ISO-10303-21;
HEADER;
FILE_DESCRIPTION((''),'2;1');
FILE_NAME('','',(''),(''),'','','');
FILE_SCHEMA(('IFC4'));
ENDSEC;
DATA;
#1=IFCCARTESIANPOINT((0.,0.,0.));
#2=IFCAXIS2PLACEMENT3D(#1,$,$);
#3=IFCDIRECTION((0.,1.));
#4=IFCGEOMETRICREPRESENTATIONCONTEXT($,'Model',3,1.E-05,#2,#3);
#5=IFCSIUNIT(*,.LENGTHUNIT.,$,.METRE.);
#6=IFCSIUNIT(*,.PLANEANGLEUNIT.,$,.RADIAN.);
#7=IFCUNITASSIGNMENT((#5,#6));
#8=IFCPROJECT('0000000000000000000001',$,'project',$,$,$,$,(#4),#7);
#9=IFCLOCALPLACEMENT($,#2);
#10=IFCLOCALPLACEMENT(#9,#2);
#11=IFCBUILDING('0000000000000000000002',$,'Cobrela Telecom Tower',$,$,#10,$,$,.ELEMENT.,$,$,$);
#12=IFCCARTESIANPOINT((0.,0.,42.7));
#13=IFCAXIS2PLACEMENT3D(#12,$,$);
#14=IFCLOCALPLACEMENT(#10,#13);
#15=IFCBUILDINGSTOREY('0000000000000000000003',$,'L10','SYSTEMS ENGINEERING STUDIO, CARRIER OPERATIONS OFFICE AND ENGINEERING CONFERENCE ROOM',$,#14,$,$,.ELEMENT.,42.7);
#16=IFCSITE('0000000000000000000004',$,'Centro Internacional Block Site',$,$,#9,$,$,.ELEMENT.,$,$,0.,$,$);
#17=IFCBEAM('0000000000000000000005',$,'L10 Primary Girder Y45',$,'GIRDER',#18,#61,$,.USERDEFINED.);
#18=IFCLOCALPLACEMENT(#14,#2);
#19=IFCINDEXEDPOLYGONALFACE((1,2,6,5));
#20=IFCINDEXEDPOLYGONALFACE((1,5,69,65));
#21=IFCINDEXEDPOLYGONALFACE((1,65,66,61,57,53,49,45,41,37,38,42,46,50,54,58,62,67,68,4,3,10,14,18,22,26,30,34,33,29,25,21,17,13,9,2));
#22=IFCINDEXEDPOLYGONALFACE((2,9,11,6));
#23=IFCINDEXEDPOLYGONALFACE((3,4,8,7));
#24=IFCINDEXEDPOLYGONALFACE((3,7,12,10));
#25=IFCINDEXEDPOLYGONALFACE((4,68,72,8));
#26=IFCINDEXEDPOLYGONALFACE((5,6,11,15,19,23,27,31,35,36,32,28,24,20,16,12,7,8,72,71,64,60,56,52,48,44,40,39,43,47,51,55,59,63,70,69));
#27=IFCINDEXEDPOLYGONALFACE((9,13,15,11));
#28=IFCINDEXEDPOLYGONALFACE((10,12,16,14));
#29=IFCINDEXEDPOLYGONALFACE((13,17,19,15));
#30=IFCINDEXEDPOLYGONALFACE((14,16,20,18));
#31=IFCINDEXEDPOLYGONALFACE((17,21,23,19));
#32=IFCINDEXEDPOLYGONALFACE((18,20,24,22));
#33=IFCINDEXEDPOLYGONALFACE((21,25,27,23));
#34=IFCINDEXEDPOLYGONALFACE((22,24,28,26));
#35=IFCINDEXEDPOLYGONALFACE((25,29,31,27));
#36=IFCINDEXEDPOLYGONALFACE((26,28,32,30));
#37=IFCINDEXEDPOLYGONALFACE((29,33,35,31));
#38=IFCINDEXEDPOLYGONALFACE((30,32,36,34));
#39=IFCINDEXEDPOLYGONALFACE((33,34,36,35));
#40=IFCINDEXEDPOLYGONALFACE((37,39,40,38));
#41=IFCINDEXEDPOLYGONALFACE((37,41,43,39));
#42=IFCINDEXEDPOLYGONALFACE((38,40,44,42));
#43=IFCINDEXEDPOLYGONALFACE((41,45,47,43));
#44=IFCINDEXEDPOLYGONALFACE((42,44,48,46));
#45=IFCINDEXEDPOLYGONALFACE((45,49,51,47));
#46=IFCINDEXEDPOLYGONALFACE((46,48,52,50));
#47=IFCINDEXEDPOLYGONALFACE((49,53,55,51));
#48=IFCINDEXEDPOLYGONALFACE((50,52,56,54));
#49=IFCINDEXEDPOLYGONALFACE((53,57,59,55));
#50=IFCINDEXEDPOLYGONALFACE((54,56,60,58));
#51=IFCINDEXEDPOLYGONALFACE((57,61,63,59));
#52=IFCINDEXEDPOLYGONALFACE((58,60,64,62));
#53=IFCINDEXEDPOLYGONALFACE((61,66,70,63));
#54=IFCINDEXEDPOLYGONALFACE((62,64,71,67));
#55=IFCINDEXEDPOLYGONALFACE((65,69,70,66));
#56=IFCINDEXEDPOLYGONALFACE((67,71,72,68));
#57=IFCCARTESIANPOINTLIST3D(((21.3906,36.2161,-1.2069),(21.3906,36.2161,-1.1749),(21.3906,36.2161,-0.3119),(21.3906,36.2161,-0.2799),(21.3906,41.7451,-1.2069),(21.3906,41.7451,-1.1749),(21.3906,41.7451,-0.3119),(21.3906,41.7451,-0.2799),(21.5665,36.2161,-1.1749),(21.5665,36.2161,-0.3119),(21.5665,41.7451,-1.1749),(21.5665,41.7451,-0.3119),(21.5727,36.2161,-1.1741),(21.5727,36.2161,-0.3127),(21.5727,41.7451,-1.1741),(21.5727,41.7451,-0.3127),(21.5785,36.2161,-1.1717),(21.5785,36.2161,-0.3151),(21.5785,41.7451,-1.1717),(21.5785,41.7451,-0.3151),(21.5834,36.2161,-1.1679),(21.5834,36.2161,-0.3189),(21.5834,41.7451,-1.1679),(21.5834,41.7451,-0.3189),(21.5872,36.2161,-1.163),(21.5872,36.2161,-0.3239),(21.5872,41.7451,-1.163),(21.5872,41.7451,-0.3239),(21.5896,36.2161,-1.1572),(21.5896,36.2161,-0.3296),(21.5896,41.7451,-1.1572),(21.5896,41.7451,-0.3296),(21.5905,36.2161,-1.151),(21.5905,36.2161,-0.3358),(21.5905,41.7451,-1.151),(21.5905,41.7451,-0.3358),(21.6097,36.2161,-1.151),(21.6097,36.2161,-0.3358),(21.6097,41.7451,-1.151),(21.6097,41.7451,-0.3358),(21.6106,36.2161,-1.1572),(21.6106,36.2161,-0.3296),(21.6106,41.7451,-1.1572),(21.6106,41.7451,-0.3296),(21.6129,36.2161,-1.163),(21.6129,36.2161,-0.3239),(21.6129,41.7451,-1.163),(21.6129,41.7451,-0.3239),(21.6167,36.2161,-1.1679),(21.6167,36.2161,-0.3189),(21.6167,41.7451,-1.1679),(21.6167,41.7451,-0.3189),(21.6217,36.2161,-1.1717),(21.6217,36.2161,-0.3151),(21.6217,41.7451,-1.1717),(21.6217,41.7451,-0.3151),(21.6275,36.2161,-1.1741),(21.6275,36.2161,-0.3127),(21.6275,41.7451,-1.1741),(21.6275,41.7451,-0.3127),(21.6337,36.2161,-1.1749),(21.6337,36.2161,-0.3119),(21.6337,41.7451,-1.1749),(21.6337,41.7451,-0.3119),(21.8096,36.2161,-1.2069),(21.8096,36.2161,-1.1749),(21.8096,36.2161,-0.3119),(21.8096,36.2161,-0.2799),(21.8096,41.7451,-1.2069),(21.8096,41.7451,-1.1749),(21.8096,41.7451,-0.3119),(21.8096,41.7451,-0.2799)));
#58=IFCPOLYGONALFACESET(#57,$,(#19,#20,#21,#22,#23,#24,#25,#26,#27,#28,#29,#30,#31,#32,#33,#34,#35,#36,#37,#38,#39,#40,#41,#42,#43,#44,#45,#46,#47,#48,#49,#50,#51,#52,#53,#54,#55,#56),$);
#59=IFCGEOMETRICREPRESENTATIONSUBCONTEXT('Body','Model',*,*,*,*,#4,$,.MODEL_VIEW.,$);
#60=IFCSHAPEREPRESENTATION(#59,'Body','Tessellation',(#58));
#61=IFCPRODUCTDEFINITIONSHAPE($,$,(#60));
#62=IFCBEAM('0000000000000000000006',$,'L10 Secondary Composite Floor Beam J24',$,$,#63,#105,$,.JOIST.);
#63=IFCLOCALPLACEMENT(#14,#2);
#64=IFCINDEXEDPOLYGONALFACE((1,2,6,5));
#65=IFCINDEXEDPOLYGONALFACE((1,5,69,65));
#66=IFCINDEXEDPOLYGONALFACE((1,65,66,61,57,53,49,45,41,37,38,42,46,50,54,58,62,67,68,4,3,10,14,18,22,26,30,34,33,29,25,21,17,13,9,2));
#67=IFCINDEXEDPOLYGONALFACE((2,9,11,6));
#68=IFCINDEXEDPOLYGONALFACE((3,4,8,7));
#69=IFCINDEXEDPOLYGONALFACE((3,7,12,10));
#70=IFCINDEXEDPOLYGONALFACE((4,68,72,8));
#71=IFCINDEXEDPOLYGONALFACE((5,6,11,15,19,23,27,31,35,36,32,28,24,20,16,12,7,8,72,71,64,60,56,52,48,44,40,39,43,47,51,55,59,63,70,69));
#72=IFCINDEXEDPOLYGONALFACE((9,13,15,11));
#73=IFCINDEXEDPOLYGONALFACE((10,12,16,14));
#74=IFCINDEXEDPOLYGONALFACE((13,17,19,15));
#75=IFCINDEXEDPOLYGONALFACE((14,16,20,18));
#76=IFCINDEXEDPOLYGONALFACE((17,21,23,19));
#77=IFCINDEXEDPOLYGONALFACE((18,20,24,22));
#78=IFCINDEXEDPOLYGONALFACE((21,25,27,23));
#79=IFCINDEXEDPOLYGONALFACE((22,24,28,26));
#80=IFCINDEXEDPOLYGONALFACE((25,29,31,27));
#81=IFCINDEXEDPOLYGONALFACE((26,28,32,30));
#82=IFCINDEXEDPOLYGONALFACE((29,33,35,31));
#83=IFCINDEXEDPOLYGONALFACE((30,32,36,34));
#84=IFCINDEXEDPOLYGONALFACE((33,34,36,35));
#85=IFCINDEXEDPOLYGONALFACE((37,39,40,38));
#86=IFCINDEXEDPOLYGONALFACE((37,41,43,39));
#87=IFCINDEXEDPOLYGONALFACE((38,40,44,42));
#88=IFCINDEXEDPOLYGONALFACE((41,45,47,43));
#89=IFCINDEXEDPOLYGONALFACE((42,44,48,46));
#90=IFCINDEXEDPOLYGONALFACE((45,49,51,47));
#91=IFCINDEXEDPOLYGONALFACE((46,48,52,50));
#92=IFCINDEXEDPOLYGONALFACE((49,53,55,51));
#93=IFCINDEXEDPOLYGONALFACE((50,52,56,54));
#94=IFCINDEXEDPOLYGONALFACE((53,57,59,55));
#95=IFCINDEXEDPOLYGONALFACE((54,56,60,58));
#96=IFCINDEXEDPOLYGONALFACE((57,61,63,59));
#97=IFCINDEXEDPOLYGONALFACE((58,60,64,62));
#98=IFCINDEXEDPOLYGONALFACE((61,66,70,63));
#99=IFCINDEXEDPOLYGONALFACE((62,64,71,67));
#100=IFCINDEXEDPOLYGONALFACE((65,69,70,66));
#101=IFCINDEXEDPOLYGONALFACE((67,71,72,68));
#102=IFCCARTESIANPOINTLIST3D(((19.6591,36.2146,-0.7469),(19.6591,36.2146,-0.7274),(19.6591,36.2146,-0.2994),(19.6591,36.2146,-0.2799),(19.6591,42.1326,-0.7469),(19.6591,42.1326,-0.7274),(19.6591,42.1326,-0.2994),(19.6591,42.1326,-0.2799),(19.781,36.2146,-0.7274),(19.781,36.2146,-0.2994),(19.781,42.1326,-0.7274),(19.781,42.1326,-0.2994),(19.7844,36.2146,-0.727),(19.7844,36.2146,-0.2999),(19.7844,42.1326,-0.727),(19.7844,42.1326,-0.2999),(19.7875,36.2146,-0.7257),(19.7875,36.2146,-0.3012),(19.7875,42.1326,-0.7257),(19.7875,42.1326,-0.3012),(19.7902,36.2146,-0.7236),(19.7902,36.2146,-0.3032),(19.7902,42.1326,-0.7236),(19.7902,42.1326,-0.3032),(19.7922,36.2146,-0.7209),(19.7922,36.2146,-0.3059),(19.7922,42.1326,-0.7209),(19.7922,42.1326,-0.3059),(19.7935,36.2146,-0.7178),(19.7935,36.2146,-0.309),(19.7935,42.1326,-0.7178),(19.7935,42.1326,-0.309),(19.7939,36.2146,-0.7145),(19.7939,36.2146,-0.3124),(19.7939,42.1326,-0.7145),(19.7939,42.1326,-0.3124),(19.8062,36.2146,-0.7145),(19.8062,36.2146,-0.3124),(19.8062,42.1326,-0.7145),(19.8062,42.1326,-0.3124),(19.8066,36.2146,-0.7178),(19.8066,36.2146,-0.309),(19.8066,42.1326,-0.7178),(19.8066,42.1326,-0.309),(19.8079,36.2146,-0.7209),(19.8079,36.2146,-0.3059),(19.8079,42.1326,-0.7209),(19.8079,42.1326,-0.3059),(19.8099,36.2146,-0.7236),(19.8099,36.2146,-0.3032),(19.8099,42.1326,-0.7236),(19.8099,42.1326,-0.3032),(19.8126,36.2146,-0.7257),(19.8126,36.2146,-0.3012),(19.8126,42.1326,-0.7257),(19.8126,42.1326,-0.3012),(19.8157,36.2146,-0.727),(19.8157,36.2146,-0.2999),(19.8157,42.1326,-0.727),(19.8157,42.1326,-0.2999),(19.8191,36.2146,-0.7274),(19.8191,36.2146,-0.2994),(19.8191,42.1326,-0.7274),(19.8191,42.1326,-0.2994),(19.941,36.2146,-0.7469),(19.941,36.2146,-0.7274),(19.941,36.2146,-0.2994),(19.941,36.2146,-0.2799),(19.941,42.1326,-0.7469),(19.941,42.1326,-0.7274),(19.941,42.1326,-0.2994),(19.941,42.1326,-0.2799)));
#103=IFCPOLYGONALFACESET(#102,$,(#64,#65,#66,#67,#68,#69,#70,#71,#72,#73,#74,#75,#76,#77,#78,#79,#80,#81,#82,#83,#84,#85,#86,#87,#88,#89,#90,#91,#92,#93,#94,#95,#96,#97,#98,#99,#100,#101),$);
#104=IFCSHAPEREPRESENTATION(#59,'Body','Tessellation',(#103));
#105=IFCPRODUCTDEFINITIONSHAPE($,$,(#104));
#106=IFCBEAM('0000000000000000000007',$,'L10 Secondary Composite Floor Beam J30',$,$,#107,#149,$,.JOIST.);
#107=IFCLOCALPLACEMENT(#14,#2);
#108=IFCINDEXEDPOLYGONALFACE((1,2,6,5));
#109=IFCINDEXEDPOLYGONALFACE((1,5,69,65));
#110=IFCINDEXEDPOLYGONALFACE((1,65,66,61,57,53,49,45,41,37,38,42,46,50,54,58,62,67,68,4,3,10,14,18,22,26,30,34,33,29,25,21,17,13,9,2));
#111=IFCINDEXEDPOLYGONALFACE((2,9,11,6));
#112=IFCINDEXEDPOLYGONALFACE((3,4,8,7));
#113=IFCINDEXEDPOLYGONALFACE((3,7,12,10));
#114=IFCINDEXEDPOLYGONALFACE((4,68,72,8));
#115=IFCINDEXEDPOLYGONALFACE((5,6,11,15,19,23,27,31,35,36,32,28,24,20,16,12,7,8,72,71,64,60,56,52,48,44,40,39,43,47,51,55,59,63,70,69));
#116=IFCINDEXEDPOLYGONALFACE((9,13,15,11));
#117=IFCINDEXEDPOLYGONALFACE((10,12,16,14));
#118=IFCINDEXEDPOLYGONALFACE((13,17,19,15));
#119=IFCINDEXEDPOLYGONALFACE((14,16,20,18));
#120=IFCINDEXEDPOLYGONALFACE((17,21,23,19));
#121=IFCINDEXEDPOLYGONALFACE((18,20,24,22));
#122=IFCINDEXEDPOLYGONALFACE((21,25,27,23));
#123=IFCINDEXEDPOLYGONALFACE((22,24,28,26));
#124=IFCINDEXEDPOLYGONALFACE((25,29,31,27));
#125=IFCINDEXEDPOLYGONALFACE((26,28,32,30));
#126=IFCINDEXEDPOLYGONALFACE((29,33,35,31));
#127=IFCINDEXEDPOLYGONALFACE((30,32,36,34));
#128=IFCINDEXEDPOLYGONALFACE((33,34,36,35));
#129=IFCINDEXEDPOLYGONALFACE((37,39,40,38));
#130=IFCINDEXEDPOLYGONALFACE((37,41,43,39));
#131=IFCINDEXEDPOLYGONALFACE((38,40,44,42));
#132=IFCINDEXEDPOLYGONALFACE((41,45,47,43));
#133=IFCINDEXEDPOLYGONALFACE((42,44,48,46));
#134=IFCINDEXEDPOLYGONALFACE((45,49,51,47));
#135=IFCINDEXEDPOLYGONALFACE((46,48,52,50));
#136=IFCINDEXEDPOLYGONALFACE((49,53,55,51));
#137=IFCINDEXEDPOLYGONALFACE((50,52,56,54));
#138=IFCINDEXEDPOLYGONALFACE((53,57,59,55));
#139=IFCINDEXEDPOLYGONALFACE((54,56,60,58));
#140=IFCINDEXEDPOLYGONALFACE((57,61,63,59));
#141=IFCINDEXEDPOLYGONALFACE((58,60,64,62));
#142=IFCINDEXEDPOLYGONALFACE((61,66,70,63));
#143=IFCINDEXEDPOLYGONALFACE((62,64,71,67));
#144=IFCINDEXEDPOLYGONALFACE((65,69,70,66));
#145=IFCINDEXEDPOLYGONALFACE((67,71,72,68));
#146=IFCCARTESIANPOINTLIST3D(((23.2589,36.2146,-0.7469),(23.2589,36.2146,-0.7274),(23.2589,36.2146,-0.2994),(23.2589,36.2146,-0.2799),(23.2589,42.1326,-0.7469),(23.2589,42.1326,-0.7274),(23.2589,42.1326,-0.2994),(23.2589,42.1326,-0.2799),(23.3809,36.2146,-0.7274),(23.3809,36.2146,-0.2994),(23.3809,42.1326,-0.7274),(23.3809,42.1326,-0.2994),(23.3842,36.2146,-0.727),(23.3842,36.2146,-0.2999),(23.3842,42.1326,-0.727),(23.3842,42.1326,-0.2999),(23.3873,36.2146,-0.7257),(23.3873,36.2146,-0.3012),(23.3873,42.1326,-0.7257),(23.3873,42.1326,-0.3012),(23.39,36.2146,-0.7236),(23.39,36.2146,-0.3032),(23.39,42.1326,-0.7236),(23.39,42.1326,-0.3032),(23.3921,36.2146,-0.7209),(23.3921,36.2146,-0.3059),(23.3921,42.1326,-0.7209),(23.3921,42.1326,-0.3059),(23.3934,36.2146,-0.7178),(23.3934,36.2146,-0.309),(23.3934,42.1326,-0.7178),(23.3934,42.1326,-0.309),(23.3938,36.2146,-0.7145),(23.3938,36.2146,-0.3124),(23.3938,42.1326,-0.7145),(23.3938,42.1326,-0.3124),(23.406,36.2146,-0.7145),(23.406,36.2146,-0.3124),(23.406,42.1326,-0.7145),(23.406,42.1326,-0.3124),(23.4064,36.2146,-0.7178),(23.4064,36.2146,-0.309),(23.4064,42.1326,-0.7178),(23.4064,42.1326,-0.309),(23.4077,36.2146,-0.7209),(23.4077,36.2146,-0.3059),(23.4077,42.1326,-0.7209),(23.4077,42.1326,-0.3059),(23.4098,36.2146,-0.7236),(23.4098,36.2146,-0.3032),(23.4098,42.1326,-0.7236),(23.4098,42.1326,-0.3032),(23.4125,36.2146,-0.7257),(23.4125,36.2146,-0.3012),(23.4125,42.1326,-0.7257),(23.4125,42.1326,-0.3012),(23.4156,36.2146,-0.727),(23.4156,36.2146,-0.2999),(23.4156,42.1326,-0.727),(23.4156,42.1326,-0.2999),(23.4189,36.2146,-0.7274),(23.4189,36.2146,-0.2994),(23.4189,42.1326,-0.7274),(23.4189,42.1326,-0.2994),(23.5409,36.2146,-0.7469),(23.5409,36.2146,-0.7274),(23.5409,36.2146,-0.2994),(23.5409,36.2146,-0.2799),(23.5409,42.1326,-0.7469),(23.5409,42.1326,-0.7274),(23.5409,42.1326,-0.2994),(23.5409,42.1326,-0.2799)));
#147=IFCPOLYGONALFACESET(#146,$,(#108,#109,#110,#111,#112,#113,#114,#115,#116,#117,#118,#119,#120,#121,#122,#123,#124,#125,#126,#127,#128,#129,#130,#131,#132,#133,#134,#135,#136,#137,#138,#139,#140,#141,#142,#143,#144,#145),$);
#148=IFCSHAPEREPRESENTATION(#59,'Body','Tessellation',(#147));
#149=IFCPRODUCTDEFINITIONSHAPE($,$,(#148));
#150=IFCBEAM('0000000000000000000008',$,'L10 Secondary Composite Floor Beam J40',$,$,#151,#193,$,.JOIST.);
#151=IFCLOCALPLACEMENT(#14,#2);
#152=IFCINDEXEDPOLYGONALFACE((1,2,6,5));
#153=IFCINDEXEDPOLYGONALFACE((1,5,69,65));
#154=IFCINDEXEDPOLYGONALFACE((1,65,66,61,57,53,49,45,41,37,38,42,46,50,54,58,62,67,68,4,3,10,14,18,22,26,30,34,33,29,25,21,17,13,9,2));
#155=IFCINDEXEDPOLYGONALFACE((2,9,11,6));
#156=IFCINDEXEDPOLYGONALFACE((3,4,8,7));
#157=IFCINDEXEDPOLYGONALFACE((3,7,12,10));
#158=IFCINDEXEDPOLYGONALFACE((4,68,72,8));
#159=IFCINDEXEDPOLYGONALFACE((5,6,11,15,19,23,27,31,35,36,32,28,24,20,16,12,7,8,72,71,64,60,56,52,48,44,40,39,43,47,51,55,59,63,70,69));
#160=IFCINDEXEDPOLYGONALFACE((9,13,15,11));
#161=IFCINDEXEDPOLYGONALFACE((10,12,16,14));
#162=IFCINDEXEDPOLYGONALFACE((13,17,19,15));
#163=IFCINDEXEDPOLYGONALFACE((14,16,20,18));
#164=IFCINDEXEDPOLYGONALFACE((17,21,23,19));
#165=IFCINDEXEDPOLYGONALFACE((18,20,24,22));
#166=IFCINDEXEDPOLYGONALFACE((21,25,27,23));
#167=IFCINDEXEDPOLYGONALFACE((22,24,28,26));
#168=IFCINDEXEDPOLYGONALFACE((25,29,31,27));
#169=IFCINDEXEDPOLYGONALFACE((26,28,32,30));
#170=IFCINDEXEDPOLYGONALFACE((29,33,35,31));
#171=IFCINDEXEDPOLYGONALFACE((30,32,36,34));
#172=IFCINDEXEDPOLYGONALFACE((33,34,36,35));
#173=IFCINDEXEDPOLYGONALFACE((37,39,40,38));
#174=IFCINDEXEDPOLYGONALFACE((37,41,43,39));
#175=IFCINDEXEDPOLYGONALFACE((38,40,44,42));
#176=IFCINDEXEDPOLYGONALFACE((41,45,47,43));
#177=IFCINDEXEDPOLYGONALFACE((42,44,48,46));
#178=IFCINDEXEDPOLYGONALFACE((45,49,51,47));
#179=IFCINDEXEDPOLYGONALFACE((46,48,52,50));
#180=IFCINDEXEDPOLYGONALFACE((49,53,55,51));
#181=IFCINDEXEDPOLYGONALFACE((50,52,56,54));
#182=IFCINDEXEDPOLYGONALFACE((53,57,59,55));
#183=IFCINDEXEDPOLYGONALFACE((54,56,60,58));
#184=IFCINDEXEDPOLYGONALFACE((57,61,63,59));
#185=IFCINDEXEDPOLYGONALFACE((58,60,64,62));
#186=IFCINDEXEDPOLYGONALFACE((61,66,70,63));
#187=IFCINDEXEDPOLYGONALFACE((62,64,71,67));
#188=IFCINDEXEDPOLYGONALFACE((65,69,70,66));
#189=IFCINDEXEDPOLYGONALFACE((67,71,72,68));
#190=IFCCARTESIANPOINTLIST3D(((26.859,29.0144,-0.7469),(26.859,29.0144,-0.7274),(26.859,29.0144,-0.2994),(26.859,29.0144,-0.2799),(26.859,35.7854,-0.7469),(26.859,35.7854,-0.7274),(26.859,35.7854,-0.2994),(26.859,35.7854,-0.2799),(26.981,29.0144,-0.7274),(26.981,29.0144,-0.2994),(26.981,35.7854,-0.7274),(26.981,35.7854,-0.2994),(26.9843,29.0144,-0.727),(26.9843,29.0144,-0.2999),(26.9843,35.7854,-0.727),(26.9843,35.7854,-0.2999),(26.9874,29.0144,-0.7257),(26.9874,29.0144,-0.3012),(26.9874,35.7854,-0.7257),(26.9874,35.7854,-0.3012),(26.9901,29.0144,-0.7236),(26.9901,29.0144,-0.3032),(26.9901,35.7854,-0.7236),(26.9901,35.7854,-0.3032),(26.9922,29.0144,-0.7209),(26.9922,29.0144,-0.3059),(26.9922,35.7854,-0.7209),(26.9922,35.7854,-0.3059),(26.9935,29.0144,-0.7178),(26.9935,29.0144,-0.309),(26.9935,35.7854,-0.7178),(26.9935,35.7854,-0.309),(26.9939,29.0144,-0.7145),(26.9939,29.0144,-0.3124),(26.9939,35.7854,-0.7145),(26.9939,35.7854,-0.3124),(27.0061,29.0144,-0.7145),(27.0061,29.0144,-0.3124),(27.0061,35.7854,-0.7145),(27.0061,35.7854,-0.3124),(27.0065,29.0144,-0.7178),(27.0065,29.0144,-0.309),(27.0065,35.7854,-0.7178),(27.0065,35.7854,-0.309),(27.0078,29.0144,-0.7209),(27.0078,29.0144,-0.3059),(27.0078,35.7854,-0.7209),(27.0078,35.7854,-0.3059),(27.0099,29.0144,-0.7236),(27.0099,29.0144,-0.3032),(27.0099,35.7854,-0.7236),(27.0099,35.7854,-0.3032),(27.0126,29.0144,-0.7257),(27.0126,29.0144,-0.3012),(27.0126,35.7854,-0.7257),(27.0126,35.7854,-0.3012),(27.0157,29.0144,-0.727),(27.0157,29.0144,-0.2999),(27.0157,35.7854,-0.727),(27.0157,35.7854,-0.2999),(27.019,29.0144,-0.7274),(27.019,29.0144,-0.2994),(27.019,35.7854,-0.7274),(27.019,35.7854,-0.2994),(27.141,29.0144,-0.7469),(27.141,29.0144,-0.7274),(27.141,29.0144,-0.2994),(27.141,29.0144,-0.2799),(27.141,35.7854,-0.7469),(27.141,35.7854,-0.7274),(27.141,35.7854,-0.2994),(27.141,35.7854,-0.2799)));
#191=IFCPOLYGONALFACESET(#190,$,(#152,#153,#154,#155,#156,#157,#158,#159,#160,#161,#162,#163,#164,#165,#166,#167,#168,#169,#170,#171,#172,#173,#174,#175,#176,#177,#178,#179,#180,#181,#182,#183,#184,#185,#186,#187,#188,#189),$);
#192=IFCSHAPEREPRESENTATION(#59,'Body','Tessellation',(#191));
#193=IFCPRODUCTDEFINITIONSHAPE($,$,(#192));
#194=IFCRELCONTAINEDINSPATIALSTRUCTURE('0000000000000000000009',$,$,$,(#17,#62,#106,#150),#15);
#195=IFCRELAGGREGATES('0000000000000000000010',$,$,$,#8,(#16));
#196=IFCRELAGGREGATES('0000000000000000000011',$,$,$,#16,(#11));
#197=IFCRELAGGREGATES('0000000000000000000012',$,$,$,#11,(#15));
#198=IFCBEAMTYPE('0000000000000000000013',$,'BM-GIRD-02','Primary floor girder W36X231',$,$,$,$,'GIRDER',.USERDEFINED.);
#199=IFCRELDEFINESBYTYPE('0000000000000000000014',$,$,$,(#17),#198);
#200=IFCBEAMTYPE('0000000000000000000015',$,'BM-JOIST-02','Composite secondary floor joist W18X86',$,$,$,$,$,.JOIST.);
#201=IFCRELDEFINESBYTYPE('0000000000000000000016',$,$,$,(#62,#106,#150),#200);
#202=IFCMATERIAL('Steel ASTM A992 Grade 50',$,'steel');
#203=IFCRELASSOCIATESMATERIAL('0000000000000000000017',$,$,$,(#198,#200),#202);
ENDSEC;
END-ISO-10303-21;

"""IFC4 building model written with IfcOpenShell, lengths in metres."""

from ifc_helpers import new_model, si_unit, direction, frame, origin, origin_2d, place, context, subcontext, project, spatial, i_section, extrude, material, material_profile, profile_set, type_object, element, save


model = new_model("IFC4")

# Units and contexts
model_context = context("Model", 3, precision=1e-05, world=origin(), true_north=direction((0.0, 1.0)))
body_context = subcontext(model_context, "Body", "Model", "MODEL_VIEW")
ifc_project = project(units=[si_unit("LENGTHUNIT", "METRE"), si_unit("PLANEANGLEUNIT", "RADIAN")], contexts=[model_context])

# Site, building, storey
site_placement = place(None, origin())
site = spatial("IfcSite", under=ifc_project, at=site_placement, Name="Centro Internacional Block Site", CompositionType="ELEMENT", RefElevation=0.0)
building_placement = place(site_placement, origin())
building = spatial("IfcBuilding", under=site, at=building_placement, Name="Cobrela Telecom Tower", CompositionType="ELEMENT")
storey_placement = place(building_placement, frame((0.0, 0.0, 42.7)))
storey = spatial("IfcBuildingStorey", under=building, at=storey_placement, Name="L10", Description="SYSTEMS ENGINEERING STUDIO, CARRIER OPERATIONS OFFICE AND ENGINEERING CONFERENCE ROOM", CompositionType="ELEMENT", Elevation=42.7)

# Shared definitions
ifc_material_1 = material(Name="Steel ASTM A992 Grade 50", Category="steel")

# Beams
ifc_material_profile_1 = material_profile(ifc_material_1, i_section(OverallWidth=0.4189, OverallDepth=0.927, WebThickness=0.0193, FlangeThickness=0.032, FilletRadius=0.0239, at=origin_2d()), Name="W36X231")
ifc_profile_set_1 = profile_set([ifc_material_profile_1], Name="Steel ASTM A992 Grade 50")
beam_type_1 = type_object("IfcBeamType", Name="BM-GIRD-02", Description="Primary floor girder W36X231", ElementType="GIRDER", PredefinedType="USERDEFINED", material=ifc_profile_set_1)
beam_1_placement = place(storey_placement, frame((21.6001, 36.2161, -0.7434), z_axis=(0.0, 1.0, 0.0), x_axis=(-1.0, 0.0, 0.0)))
element("IfcBeam", 1, at=beam_1_placement, inside=storey, type_object=beam_type_1, Name="L10 Primary Girder Y45", ObjectType="GIRDER", PredefinedType="USERDEFINED", context=body_context, shape_type="SweptSolid", body=[
    extrude(i_section(OverallWidth=0.4189, OverallDepth=0.927, WebThickness=0.0193, FlangeThickness=0.032, FilletRadius=0.0239, at=origin_2d()), origin(), (0.0, 0.0, 1.0), 5.5291),
])
ifc_material_profile_2 = material_profile(ifc_material_1, i_section(OverallWidth=0.282, OverallDepth=0.467, WebThickness=0.0122, FlangeThickness=0.0195, FilletRadius=0.0129, at=origin_2d()), Name="W18X86")
ifc_profile_set_2 = profile_set([ifc_material_profile_2], Name="Steel ASTM A992 Grade 50")
beam_type_2 = type_object("IfcBeamType", Name="BM-JOIST-02", Description="Composite secondary floor joist W18X86", PredefinedType="JOIST", material=ifc_profile_set_2)
for number, where, z_axis, x_axis, name in (
    (2, (19.8, 36.2146, -0.5134), (0.0, 1.0, 0.0), (-1.0, 0.0, 0.0), "L10 Secondary Composite Floor Beam J24"),
    (3, (23.3999, 36.2146, -0.5134), (0.0, 1.0, 0.0), (-1.0, 0.0, 0.0), "L10 Secondary Composite Floor Beam J30"),
):
    element("IfcBeam", number, at=place(storey_placement, frame(where, z_axis=z_axis, x_axis=x_axis)), inside=storey, type_object=beam_type_2, Name=name, PredefinedType="JOIST", context=body_context, shape_type="SweptSolid", body=[
        extrude(i_section(OverallWidth=0.282, OverallDepth=0.467, WebThickness=0.0122, FlangeThickness=0.0195, FilletRadius=0.0129, at=origin_2d()), origin(), (0.0, 0.0, 1.0), 5.918),
    ])
beam_2_placement = place(storey_placement, frame((27.0, 29.0144, -0.5134), z_axis=(0.0, 1.0, 0.0), x_axis=(-1.0, 0.0, 0.0)))
element("IfcBeam", 4, at=beam_2_placement, inside=storey, type_object=beam_type_2, Name="L10 Secondary Composite Floor Beam J40", PredefinedType="JOIST", context=body_context, shape_type="SweptSolid", body=[
    extrude(i_section(OverallWidth=0.282, OverallDepth=0.467, WebThickness=0.0122, FlangeThickness=0.0195, FilletRadius=0.0129, at=origin_2d()), origin(), (0.0, 0.0, 1.0), 6.771),
])

save(model, "model.ifc")
